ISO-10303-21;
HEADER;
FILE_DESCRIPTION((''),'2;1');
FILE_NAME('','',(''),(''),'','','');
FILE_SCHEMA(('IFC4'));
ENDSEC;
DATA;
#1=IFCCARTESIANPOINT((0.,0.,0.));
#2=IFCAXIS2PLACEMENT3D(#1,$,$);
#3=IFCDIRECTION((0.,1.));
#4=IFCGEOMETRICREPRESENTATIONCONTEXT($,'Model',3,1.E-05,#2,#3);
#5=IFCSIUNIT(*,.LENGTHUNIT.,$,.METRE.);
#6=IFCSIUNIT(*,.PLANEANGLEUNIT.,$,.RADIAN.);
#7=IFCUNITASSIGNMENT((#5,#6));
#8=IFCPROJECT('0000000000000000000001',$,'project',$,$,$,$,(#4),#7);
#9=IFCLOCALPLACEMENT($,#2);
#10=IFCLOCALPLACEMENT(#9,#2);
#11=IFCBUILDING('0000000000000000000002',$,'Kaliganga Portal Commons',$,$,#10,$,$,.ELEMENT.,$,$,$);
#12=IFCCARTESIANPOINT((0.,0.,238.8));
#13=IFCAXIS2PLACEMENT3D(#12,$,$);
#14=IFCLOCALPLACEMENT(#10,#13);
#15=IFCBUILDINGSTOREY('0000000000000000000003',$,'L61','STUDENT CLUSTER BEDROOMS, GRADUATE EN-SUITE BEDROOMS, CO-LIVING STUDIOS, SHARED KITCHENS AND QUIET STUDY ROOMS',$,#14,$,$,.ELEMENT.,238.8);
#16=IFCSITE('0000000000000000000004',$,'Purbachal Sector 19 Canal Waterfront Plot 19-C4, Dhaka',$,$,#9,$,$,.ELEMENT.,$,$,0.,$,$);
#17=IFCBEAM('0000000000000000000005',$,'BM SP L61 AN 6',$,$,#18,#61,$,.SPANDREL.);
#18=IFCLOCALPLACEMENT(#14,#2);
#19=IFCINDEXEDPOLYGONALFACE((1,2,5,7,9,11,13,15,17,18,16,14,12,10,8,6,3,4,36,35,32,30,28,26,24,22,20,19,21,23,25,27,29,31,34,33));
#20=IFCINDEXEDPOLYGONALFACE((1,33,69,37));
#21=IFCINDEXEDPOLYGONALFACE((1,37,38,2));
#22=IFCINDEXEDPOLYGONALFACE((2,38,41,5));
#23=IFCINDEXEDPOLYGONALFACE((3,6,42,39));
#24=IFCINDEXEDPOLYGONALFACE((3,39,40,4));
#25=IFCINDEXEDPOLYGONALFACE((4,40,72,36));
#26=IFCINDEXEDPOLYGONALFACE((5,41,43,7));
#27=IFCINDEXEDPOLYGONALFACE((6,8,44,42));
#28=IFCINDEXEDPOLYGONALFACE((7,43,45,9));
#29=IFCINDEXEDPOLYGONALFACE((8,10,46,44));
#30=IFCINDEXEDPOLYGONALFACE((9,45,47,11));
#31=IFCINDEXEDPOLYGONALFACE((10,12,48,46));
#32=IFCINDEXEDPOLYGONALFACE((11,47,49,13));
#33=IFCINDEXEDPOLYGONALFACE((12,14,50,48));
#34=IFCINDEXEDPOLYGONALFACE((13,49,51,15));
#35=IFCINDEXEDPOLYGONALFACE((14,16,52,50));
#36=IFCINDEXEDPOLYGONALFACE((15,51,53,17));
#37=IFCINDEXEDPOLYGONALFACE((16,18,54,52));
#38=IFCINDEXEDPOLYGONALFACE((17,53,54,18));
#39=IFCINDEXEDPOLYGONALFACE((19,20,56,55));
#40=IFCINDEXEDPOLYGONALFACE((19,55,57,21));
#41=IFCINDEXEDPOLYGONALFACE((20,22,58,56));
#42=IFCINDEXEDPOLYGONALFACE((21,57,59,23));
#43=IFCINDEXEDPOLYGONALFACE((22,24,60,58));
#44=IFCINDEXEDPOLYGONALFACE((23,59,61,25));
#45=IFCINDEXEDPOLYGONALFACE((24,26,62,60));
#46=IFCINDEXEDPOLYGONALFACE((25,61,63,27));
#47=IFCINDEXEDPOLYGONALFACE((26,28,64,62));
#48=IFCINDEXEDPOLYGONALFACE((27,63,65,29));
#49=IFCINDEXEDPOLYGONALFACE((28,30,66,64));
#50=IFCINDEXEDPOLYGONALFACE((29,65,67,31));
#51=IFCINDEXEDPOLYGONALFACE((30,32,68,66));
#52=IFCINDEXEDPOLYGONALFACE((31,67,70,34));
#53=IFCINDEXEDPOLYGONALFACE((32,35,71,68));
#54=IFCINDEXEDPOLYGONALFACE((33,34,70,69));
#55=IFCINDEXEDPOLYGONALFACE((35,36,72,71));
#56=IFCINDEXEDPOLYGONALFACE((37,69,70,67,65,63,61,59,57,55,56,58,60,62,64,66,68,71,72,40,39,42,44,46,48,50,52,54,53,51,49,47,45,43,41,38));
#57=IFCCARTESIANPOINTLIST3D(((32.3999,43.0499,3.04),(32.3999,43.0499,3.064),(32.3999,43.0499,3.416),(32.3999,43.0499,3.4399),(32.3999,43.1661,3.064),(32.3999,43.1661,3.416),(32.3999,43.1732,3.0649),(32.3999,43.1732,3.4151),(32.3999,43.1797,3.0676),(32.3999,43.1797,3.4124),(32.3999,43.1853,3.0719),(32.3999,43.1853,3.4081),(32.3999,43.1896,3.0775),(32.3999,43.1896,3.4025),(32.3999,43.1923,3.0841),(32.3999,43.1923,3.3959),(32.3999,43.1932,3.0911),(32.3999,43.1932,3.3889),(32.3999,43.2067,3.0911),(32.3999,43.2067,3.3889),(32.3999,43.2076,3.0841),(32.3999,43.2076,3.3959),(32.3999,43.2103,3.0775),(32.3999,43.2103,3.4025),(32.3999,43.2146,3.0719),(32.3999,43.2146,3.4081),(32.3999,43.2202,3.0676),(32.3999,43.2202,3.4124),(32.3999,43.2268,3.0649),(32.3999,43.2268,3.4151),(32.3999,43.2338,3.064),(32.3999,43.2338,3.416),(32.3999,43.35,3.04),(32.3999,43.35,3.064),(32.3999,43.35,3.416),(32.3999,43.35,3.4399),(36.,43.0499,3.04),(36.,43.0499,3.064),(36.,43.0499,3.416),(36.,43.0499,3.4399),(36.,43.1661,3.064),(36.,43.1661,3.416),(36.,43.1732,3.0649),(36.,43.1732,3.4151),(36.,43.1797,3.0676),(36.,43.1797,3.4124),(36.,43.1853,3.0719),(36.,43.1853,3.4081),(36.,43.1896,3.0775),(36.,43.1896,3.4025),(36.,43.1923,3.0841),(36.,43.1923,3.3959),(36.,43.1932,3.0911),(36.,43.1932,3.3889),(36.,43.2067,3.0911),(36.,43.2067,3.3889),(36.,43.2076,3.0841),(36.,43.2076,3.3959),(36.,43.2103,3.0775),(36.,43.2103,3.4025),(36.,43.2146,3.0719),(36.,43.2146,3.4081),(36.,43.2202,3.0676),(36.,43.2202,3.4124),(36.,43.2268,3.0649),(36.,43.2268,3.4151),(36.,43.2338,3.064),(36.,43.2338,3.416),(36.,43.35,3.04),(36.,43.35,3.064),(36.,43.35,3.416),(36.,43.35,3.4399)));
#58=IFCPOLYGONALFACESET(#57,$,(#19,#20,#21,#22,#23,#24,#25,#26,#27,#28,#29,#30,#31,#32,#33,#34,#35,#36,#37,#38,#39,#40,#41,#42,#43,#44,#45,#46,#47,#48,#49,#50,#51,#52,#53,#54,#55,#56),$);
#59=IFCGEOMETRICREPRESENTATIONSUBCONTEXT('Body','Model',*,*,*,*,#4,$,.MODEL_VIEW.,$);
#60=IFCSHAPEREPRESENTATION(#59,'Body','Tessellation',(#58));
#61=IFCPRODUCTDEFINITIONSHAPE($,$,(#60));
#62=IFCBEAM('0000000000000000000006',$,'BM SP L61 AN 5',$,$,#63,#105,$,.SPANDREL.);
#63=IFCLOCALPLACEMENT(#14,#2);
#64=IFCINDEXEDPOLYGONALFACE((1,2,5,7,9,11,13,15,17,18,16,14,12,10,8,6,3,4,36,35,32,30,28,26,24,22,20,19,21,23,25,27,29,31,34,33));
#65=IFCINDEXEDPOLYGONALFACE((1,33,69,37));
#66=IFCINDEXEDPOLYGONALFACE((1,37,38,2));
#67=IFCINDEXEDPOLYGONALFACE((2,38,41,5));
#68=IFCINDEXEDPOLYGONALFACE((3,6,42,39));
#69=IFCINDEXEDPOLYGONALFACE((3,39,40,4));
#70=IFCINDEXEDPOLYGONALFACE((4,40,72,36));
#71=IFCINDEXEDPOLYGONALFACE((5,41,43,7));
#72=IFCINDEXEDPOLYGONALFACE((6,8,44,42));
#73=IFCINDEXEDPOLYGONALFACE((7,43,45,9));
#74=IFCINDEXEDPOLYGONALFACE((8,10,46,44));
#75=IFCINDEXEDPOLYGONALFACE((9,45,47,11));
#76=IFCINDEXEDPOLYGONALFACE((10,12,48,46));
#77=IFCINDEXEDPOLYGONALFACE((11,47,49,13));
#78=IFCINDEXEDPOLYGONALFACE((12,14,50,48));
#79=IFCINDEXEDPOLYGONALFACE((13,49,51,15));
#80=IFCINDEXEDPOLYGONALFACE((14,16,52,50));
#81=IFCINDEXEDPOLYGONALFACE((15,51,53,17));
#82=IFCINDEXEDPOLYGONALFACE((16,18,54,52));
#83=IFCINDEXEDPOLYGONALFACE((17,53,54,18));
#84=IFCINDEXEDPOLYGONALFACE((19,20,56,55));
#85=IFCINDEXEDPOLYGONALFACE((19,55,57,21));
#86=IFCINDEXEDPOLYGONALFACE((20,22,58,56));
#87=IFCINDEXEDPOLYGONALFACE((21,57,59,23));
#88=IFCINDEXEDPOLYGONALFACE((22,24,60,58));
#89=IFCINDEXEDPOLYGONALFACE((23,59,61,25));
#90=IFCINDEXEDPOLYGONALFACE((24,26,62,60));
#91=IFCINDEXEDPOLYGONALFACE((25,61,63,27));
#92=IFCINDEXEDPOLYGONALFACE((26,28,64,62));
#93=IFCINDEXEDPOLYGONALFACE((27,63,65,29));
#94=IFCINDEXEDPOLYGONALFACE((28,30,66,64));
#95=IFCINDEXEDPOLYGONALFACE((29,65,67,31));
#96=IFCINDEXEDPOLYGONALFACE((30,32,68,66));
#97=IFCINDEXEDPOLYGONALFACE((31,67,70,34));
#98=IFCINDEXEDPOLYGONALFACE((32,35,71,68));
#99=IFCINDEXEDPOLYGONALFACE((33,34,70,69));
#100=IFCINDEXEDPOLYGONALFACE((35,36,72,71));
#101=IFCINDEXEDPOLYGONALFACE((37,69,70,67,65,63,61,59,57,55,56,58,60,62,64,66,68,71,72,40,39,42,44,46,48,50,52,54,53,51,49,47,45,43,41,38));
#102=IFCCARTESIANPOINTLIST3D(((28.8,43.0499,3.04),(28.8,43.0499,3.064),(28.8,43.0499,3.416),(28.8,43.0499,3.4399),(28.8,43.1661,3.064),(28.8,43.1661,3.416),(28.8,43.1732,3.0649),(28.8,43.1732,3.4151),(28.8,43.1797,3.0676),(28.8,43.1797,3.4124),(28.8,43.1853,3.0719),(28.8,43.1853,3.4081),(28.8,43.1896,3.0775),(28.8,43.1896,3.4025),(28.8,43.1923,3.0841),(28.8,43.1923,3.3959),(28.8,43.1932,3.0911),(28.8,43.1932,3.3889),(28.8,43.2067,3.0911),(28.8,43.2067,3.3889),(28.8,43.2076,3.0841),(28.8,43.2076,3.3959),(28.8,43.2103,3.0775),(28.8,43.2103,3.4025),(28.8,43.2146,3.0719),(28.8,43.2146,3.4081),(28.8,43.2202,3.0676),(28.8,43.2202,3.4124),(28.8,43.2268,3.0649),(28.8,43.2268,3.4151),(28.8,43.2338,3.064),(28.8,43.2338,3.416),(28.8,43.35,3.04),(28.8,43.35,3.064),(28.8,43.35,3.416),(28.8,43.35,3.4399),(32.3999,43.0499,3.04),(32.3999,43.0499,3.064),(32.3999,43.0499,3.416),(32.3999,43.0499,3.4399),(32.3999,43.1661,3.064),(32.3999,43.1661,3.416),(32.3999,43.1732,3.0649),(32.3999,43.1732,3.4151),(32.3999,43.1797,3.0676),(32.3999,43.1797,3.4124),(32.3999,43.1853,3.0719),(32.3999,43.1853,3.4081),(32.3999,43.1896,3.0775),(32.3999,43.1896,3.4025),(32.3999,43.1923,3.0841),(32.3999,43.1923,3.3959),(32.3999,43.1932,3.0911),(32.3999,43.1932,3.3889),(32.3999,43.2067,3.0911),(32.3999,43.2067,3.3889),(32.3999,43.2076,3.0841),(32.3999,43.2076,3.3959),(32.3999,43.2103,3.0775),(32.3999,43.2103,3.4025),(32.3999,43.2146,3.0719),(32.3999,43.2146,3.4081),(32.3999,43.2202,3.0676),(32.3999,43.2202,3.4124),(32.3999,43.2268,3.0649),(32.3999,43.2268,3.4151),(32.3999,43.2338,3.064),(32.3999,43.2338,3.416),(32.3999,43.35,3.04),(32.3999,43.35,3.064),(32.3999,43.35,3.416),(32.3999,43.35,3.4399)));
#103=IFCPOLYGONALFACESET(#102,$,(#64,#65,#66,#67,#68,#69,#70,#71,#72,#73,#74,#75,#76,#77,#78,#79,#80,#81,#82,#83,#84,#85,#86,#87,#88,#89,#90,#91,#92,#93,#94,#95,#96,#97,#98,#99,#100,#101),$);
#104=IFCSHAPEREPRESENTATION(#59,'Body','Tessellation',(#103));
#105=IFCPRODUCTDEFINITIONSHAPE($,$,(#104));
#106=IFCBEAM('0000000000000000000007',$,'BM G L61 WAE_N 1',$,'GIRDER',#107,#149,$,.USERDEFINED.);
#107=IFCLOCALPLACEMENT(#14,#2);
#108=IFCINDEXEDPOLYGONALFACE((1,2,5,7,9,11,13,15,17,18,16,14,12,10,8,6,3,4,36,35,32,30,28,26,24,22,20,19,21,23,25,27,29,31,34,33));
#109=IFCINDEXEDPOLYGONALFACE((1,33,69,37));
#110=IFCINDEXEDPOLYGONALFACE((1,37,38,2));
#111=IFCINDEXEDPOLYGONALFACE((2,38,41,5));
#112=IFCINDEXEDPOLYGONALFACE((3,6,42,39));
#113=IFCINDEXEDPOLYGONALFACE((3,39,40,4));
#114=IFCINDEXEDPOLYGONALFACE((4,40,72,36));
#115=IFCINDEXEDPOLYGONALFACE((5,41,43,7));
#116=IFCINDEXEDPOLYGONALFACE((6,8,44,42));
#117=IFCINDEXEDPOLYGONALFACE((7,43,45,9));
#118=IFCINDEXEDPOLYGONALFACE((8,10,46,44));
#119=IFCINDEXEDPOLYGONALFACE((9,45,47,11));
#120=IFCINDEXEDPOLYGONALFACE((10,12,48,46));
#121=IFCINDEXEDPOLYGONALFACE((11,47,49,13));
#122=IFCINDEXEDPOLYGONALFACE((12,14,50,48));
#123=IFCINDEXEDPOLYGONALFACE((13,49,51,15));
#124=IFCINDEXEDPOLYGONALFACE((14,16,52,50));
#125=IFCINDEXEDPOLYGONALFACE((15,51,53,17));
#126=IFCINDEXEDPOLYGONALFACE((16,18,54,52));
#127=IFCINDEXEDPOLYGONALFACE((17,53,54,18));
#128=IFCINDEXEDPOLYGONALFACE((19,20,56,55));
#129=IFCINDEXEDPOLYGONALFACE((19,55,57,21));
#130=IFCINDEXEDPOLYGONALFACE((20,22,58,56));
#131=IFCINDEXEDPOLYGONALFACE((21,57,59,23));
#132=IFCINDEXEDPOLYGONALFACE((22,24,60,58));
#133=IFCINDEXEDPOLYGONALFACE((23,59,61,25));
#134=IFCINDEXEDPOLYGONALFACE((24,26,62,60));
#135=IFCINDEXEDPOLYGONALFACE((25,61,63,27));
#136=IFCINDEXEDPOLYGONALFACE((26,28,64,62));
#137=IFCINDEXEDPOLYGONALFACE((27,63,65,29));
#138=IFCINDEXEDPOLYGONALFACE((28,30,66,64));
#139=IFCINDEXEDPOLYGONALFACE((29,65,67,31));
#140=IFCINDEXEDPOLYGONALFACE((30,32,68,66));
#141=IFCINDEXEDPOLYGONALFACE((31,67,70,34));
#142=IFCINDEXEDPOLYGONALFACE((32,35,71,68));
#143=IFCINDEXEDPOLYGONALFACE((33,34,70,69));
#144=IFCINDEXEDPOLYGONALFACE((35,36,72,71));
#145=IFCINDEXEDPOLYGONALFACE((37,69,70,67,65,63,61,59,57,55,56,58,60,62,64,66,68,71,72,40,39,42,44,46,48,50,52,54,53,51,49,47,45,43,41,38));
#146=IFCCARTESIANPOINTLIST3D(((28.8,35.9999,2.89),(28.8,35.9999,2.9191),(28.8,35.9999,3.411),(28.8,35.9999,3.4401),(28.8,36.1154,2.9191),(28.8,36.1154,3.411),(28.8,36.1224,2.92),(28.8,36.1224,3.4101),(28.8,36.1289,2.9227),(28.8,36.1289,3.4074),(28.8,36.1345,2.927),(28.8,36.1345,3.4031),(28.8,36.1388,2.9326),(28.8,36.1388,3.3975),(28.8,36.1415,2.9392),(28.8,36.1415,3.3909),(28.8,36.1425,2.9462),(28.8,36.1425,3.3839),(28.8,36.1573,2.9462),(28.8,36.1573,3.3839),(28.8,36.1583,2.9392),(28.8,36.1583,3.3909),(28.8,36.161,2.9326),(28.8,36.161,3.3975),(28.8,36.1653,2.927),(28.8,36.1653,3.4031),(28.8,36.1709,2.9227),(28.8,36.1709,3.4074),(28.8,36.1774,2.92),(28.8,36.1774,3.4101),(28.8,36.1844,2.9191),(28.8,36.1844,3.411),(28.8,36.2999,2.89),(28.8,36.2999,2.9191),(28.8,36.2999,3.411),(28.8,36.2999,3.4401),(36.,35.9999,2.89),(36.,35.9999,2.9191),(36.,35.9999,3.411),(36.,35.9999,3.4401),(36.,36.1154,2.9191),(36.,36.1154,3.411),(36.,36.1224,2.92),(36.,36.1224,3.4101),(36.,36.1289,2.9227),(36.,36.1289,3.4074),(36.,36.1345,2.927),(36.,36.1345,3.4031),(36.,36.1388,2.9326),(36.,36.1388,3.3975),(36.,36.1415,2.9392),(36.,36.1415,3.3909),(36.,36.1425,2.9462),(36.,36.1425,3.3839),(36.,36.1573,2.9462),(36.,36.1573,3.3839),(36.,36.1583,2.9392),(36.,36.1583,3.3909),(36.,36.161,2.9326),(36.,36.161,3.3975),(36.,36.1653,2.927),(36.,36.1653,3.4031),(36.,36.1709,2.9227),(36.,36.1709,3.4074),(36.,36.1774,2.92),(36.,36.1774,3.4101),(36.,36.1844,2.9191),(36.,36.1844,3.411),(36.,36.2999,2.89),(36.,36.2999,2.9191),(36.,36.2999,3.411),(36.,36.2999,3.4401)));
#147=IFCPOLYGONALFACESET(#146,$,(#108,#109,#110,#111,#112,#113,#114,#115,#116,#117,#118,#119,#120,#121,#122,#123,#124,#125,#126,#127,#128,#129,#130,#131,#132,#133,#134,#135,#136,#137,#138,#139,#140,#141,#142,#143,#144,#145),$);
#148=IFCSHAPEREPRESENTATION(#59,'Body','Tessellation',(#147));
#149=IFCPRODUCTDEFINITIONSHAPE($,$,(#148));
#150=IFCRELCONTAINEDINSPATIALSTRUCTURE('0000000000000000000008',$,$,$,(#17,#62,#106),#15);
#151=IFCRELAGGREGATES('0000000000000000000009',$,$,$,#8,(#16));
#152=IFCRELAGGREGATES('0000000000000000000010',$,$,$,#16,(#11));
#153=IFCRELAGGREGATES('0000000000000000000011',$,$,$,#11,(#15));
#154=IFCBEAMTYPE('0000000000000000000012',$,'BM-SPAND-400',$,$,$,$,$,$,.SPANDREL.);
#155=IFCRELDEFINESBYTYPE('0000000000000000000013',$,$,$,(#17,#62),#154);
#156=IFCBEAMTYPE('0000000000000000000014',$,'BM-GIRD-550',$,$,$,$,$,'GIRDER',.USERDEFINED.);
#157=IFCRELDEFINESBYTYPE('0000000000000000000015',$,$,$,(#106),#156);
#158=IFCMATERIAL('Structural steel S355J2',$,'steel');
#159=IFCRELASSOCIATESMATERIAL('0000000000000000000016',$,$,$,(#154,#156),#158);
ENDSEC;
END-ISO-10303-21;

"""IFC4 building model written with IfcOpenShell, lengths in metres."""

from ifc_helpers import new_model, si_unit, direction, frame, origin, origin_2d, place, context, subcontext, project, spatial, i_section, extrude, source, transform, mapped, material, material_profile, profile_set, type_object, element, save


model = new_model("IFC4")

# Units and contexts
model_context = context("Model", 3, precision=1e-05, world=origin(), true_north=direction((0.0, 1.0)))
body_context = subcontext(model_context, "Body", "Model", "MODEL_VIEW")
ifc_project = project(units=[si_unit("LENGTHUNIT", "METRE"), si_unit("PLANEANGLEUNIT", "RADIAN")], contexts=[model_context])

# Site, building, storey
site_placement = place(None, origin())
site = spatial("IfcSite", under=ifc_project, at=site_placement, Name="Purbachal Sector 19 Canal Waterfront Plot 19-C4, Dhaka", CompositionType="ELEMENT", RefElevation=0.0)
building_placement = place(site_placement, origin())
building = spatial("IfcBuilding", under=site, at=building_placement, Name="Kaliganga Portal Commons", CompositionType="ELEMENT")
storey_placement = place(building_placement, frame((0.0, 0.0, 238.8)))
storey = spatial("IfcBuildingStorey", under=building, at=storey_placement, Name="L61", Description="STUDENT CLUSTER BEDROOMS, GRADUATE EN-SUITE BEDROOMS, CO-LIVING STUDIOS, SHARED KITCHENS AND QUIET STUDY ROOMS", CompositionType="ELEMENT", Elevation=238.8)

# Shared definitions
ifc_material_1 = material(Name="Structural steel S355J2", Category="steel")

# Beams
ifc_material_profile_1 = material_profile(ifc_material_1, i_section(OverallWidth=0.3, OverallDepth=0.3999, WebThickness=0.0134, FlangeThickness=0.0239, FilletRadius=0.0271, at=origin_2d()), Name="HE 400 B")
ifc_profile_set_1 = profile_set([ifc_material_profile_1], Name="Structural steel S355J2 wide-flange")
beam_type_1 = type_object("IfcBeamType", Name="BM-SPAND-400", PredefinedType="SPANDREL", material=ifc_profile_set_1)
shared_shape_1 = source(origin(), body_context, "Body", "SweptSolid", [
    extrude(i_section(OverallWidth=0.3, OverallDepth=0.3999, WebThickness=0.0134, FlangeThickness=0.0239, FilletRadius=0.0271, at=origin_2d()), origin(), (0.0, 0.0, 1.0), 3.6001),
])
beam_1_placement = place(storey_placement, frame((32.3999, 43.2, 3.24), z_axis=(1.0, 0.0, 0.0), x_axis=(0.0, 1.0, 0.0)))
element("IfcBeam", 1, at=beam_1_placement, inside=storey, type_object=beam_type_1, Name="BM SP L61 AN 6", PredefinedType="SPANDREL", context=body_context, shape_type="MappedRepresentation", body=[
    mapped(shared_shape_1, transform((0.0, 0.0, 0.0), x_axis=(1.0, 0.0, 0.0), y_axis=(0.0, 1.0, 0.0), z_axis=(0.0, 0.0, 1.0), scale=1.0)),
])
shared_shape_2 = source(origin(), body_context, "Body", "SweptSolid", [
    extrude(i_section(OverallWidth=0.3, OverallDepth=0.3999, WebThickness=0.0134, FlangeThickness=0.0239, FilletRadius=0.0271, at=origin_2d()), origin(), (0.0, 0.0, 1.0), 3.5999),
])
beam_2_placement = place(storey_placement, frame((28.8, 43.2, 3.24), z_axis=(1.0, 0.0, 0.0), x_axis=(0.0, 1.0, 0.0)))
element("IfcBeam", 2, at=beam_2_placement, inside=storey, type_object=beam_type_1, Name="BM SP L61 AN 5", PredefinedType="SPANDREL", context=body_context, shape_type="MappedRepresentation", body=[
    mapped(shared_shape_2, transform((0.0, 0.0, 0.0), x_axis=(1.0, 0.0, 0.0), y_axis=(0.0, 1.0, 0.0), z_axis=(0.0, 0.0, 1.0), scale=1.0)),
])
ifc_material_profile_2 = material_profile(ifc_material_1, i_section(OverallWidth=0.3, OverallDepth=0.55, WebThickness=0.0149, FlangeThickness=0.0291, FilletRadius=0.0271, at=origin_2d()), Name="HE 550 B")
ifc_profile_set_2 = profile_set([ifc_material_profile_2], Name="Structural steel S355J2 wide-flange")
beam_type_2 = type_object("IfcBeamType", Name="BM-GIRD-550", ElementType="GIRDER", PredefinedType="USERDEFINED", material=ifc_profile_set_2)
shared_shape_3 = source(origin(), body_context, "Body", "SweptSolid", [
    extrude(i_section(OverallWidth=0.3, OverallDepth=0.55, WebThickness=0.0149, FlangeThickness=0.0291, FilletRadius=0.0271, at=origin_2d()), origin(), (0.0, 0.0, 1.0), 7.2),
])
beam_3_placement = place(storey_placement, frame((28.8, 36.1499, 3.165), z_axis=(1.0, 0.0, 0.0), x_axis=(0.0, 1.0, 0.0)))
element("IfcBeam", 3, at=beam_3_placement, inside=storey, type_object=beam_type_2, Name="BM G L61 WAE_N 1", ObjectType="GIRDER", PredefinedType="USERDEFINED", context=body_context, shape_type="MappedRepresentation", body=[
    mapped(shared_shape_3, transform((0.0, 0.0, 0.0), x_axis=(1.0, 0.0, 0.0), y_axis=(0.0, 1.0, 0.0), z_axis=(0.0, 0.0, 1.0), scale=1.0)),
])

save(model, "model.ifc")
